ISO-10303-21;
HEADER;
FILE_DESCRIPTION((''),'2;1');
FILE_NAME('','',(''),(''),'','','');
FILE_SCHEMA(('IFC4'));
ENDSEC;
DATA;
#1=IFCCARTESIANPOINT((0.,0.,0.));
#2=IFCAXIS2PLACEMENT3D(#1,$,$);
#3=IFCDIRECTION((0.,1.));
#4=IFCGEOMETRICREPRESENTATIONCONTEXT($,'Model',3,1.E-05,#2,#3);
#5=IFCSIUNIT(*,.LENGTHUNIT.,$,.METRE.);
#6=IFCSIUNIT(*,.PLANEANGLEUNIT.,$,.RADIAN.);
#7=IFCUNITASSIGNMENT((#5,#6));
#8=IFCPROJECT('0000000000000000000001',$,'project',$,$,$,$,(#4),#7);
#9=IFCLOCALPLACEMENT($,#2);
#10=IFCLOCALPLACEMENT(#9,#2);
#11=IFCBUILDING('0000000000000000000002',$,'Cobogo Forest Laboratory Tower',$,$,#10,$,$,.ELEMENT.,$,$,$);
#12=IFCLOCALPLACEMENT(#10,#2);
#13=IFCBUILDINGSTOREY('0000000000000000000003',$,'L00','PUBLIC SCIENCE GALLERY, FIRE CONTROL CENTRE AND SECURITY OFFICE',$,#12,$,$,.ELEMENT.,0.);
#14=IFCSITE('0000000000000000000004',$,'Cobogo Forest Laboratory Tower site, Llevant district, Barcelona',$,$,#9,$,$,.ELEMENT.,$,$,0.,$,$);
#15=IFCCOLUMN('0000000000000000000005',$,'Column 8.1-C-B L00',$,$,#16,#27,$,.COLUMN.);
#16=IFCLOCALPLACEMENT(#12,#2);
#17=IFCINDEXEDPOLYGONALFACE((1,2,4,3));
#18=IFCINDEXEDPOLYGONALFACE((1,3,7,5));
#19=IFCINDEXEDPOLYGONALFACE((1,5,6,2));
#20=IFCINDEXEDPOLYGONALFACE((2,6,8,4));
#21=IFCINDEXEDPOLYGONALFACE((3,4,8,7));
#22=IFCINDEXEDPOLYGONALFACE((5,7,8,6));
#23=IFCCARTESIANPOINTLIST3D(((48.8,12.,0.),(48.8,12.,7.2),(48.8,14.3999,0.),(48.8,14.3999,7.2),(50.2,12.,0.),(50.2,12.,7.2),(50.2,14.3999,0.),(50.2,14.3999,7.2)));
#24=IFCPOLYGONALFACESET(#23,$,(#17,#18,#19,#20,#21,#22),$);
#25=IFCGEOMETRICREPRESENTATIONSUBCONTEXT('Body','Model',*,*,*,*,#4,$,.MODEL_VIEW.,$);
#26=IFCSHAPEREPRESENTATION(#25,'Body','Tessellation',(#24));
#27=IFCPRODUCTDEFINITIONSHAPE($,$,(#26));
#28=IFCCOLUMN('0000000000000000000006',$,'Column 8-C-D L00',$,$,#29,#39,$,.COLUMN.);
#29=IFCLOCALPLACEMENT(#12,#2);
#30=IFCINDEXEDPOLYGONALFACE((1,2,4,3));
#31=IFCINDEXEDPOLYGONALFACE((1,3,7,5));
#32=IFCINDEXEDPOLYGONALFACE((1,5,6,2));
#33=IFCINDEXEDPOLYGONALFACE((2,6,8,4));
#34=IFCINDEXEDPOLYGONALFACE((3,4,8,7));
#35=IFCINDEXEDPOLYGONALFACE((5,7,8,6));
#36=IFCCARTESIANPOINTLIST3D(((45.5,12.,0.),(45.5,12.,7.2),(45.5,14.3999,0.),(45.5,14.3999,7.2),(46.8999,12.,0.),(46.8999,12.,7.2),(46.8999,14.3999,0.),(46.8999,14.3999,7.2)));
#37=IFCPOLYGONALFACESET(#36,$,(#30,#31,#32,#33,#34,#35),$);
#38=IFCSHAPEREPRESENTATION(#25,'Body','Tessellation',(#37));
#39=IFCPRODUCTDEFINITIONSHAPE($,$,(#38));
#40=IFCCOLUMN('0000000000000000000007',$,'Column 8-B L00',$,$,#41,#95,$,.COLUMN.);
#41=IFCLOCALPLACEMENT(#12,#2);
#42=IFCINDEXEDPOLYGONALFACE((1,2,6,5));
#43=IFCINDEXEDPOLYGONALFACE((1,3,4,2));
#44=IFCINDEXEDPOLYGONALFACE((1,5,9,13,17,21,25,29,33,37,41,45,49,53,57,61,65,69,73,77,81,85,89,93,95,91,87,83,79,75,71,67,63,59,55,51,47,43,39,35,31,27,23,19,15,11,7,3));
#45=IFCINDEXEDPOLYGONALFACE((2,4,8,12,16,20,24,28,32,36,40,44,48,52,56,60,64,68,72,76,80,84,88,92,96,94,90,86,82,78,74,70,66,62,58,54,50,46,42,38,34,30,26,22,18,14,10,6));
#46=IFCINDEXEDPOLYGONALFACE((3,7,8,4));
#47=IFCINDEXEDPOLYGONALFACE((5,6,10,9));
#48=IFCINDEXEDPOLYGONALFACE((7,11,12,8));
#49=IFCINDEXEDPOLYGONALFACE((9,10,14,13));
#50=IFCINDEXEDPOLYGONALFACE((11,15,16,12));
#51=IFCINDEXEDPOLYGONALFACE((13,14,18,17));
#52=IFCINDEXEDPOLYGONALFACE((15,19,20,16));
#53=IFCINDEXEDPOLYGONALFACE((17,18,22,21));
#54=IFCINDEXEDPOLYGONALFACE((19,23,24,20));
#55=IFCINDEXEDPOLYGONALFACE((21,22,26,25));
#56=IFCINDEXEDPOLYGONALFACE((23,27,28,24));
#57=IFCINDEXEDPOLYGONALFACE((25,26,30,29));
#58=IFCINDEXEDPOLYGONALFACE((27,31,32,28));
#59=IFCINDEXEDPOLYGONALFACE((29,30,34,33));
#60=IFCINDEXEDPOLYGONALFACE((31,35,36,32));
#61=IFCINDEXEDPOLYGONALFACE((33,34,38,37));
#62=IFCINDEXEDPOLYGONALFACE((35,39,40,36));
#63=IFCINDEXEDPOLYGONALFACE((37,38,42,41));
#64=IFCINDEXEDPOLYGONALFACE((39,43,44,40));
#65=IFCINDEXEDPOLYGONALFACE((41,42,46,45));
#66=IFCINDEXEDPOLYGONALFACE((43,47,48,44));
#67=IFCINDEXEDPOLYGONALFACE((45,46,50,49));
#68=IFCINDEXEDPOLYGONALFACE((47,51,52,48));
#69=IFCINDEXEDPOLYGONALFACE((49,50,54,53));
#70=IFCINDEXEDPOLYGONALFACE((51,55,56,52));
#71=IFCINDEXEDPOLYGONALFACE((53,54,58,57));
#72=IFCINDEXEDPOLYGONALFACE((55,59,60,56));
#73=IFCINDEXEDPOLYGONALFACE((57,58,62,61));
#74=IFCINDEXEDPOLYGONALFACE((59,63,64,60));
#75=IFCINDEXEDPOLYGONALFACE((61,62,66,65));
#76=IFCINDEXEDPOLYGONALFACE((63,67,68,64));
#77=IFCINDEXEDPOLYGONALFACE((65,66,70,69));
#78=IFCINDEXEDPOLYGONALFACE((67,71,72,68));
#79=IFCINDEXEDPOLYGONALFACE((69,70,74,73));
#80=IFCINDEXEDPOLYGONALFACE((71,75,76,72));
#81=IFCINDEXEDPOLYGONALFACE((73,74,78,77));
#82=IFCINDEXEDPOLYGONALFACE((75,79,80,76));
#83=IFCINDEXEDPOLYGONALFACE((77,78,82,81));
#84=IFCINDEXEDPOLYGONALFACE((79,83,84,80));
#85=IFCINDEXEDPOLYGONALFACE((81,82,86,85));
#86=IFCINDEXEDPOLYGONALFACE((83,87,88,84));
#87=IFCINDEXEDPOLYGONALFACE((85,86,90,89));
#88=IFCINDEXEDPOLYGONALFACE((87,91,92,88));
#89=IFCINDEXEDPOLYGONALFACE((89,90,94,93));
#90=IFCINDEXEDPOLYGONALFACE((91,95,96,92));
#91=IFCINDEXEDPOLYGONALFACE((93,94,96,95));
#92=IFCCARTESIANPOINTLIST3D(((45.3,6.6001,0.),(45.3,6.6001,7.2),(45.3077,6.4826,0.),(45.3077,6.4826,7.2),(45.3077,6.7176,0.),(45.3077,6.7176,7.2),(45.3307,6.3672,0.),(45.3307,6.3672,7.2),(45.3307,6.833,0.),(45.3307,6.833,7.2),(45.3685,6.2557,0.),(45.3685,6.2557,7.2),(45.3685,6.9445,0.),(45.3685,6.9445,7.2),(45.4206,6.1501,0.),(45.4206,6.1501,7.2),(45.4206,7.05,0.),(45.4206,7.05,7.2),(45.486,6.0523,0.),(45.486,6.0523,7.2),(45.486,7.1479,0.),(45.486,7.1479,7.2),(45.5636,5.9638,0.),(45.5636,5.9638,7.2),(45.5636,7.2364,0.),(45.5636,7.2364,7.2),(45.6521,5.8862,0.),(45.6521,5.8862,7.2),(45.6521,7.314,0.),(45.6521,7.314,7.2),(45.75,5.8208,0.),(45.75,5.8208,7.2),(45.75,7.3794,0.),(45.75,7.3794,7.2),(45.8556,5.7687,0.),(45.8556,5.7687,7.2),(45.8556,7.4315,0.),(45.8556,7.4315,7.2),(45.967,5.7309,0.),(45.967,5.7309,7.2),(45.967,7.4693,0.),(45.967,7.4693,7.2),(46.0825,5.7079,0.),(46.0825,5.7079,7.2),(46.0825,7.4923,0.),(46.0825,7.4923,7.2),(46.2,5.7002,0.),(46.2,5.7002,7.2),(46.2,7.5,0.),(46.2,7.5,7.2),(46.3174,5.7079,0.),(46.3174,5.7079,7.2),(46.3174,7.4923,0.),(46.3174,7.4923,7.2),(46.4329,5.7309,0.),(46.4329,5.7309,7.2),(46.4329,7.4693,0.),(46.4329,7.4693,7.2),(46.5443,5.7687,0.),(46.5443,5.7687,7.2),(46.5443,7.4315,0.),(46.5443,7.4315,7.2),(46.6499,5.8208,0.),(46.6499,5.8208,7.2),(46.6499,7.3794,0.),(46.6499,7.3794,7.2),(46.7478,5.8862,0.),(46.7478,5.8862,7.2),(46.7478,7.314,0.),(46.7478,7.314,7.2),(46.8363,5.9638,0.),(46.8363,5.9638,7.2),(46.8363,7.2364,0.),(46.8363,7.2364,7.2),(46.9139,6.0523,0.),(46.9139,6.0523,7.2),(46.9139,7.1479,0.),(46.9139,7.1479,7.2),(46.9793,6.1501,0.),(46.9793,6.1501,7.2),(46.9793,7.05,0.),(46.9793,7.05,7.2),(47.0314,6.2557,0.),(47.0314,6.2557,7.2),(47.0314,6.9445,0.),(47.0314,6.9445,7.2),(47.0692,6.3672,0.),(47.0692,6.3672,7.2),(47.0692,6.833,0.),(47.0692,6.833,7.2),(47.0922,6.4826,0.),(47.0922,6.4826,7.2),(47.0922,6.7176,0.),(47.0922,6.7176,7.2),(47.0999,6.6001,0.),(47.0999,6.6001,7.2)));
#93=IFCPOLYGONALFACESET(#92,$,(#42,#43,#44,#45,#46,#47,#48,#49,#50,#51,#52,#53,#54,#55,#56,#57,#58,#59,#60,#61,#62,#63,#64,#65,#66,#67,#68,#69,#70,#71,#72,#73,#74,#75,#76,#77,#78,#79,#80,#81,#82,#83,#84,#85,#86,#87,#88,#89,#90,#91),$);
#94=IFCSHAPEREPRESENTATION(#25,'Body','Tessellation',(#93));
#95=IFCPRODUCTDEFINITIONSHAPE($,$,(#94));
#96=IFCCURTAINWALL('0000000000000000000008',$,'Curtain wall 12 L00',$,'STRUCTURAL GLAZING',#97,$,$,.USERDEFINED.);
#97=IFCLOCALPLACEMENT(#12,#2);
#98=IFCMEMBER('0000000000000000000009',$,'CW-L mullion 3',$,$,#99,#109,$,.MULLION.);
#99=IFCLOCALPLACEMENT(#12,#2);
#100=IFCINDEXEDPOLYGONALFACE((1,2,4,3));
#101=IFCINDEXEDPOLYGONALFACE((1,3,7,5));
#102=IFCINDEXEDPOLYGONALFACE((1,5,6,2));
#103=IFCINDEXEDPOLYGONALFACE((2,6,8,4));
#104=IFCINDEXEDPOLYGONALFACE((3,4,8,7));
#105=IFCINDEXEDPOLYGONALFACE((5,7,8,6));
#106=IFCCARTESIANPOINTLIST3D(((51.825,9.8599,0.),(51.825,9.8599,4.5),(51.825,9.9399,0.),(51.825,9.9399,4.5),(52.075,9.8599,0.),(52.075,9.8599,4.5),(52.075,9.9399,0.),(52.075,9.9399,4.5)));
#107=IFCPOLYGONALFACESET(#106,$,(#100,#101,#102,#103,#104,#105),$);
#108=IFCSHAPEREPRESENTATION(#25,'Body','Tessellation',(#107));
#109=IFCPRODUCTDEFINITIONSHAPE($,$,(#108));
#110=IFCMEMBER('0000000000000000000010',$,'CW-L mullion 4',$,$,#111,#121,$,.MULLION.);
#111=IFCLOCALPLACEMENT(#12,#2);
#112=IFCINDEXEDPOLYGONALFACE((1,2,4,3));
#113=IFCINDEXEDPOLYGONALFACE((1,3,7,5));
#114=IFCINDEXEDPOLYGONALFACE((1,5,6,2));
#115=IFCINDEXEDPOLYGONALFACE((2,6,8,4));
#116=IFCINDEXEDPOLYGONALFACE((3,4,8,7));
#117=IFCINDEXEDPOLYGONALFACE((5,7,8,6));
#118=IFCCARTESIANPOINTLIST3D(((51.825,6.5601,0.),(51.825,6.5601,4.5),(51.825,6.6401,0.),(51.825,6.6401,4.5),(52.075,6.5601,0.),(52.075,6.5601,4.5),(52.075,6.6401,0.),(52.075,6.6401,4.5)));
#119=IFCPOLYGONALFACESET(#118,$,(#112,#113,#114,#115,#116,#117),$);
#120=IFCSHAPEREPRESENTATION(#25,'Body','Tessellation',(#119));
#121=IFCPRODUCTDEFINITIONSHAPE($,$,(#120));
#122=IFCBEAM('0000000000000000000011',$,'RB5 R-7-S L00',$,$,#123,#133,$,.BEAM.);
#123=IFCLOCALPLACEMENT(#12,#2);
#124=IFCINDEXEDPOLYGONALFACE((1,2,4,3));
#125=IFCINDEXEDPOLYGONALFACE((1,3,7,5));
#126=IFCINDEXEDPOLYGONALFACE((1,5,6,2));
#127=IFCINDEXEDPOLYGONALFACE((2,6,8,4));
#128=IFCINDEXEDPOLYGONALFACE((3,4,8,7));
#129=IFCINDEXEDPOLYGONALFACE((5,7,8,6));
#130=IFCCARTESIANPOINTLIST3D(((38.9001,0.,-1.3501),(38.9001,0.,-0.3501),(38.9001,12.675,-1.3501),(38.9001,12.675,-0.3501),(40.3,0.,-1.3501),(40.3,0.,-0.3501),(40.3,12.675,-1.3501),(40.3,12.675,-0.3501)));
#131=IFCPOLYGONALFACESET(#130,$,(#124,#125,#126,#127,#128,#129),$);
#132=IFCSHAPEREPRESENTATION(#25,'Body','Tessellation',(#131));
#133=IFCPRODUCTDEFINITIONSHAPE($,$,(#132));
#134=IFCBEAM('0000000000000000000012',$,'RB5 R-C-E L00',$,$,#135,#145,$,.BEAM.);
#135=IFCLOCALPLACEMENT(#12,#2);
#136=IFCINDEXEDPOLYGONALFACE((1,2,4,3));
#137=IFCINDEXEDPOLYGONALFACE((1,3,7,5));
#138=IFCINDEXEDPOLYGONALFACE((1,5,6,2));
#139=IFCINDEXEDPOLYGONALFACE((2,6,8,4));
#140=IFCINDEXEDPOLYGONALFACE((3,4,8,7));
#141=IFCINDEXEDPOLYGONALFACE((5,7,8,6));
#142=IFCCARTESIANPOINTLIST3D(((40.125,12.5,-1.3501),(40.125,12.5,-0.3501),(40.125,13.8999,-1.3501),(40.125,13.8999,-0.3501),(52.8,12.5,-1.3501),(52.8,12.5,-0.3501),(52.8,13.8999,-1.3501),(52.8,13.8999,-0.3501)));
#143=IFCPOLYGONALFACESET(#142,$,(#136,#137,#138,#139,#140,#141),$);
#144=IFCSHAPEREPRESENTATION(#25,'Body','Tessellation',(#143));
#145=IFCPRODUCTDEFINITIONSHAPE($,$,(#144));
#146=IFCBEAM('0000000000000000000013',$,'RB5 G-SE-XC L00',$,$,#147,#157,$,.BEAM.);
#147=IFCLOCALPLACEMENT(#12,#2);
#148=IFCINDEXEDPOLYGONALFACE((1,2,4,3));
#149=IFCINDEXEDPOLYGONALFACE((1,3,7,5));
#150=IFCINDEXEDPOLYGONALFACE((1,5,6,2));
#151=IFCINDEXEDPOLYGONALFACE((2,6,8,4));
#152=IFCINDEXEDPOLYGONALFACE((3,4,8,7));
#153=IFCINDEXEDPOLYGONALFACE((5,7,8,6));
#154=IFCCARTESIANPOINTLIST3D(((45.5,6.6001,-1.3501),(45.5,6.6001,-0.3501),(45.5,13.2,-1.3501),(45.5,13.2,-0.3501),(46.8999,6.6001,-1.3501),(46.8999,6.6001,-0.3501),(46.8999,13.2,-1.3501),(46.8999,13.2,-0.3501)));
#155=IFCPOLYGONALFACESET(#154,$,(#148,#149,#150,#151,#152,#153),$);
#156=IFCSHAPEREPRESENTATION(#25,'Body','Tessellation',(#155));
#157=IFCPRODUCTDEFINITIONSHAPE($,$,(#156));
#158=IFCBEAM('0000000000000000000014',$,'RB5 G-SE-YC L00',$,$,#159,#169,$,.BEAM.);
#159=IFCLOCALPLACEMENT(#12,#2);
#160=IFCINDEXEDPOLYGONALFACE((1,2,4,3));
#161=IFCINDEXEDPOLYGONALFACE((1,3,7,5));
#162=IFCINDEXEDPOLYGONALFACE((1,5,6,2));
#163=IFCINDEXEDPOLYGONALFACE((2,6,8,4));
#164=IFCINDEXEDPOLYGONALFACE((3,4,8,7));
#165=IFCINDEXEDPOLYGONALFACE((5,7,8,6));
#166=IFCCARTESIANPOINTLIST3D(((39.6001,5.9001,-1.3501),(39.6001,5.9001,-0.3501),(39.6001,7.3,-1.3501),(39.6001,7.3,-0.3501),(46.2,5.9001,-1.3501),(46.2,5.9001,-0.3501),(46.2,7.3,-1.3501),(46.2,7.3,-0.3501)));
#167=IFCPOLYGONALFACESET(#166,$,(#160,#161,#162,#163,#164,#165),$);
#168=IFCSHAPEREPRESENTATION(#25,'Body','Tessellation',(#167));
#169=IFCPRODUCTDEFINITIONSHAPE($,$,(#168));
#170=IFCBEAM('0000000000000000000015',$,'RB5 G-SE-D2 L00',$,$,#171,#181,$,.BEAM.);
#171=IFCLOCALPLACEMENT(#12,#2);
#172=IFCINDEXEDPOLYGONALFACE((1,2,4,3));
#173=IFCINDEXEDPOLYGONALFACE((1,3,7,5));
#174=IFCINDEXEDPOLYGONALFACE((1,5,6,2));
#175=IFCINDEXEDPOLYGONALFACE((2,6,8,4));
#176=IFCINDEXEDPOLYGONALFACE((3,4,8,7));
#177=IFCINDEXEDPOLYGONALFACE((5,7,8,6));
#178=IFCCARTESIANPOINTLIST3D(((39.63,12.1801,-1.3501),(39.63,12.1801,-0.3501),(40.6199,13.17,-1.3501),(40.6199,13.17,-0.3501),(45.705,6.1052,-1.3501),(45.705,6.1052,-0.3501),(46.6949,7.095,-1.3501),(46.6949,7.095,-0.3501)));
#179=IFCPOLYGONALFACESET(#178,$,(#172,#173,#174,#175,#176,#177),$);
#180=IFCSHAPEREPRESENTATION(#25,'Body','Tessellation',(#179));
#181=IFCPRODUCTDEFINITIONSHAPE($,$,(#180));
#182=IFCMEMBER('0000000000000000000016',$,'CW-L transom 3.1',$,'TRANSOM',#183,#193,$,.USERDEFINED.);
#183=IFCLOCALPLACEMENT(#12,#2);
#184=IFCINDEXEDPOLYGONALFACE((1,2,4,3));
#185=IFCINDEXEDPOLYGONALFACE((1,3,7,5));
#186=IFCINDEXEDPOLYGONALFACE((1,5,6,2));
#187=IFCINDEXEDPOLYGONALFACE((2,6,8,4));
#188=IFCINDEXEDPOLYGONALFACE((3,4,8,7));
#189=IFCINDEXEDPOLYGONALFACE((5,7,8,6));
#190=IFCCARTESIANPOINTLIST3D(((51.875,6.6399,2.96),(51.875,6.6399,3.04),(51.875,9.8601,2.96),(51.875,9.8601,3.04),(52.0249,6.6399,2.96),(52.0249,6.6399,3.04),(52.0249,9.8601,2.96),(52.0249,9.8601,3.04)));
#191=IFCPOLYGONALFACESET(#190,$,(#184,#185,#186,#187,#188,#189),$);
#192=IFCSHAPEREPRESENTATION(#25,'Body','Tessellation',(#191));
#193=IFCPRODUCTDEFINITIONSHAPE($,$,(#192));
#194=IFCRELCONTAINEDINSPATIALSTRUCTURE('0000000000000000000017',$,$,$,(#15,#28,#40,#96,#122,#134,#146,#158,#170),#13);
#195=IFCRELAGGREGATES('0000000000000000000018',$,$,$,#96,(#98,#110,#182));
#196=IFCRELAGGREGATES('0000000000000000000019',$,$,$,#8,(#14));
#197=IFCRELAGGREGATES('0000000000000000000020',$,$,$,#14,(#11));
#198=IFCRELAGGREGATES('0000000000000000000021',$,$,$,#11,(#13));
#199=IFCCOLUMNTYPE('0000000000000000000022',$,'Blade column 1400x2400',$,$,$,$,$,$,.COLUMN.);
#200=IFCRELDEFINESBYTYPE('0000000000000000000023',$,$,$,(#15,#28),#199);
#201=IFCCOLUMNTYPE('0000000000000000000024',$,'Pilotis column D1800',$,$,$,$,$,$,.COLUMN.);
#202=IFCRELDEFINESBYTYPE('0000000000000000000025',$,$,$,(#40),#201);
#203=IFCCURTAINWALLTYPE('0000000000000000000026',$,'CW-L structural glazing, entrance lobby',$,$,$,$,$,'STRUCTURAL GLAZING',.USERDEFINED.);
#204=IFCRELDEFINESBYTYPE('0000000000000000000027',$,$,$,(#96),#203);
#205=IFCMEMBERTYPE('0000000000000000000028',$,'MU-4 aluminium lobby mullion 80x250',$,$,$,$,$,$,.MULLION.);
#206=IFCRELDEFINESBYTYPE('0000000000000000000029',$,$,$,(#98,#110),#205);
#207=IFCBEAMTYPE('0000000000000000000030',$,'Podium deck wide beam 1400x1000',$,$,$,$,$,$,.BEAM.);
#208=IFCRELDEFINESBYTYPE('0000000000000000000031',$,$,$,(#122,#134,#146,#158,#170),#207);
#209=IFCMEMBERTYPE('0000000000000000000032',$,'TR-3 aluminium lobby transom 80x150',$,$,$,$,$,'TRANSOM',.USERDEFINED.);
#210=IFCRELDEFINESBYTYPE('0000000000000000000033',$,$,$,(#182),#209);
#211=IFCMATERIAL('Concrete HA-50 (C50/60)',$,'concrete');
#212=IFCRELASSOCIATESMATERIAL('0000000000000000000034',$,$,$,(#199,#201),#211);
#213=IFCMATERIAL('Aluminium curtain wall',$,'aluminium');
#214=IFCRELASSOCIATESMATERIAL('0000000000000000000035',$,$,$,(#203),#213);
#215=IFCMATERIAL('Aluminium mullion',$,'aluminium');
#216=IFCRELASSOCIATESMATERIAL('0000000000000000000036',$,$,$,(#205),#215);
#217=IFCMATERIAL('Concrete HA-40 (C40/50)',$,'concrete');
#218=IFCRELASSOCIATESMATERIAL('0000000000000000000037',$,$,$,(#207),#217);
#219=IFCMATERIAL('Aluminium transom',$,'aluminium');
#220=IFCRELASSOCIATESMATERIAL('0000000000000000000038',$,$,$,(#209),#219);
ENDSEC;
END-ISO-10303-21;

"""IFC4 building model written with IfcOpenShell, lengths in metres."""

from ifc_helpers import new_model, si_unit, direction, frame, origin, origin_2d, place, context, subcontext, project, spatial, rectangle, circle, extrude, material, material_profile, profile_set, type_object, element, aggregate, save


model = new_model("IFC4")

# Units and contexts
model_context = context("Model", 3, precision=1e-05, world=origin(), true_north=direction((0.0, 1.0)))
body_context = subcontext(model_context, "Body", "Model", "MODEL_VIEW")
ifc_project = project(units=[si_unit("LENGTHUNIT", "METRE"), si_unit("PLANEANGLEUNIT", "RADIAN")], contexts=[model_context])

# Site, building, storey
site_placement = place(None, origin())
site = spatial("IfcSite", under=ifc_project, at=site_placement, Name="Cobogo Forest Laboratory Tower site, Llevant district, Barcelona", CompositionType="ELEMENT", RefElevation=0.0)
building_placement = place(site_placement, origin())
building = spatial("IfcBuilding", under=site, at=building_placement, Name="Cobogo Forest Laboratory Tower", CompositionType="ELEMENT")
storey_placement = place(building_placement, origin())
storey = spatial("IfcBuildingStorey", under=building, at=storey_placement, Name="L00", Description="PUBLIC SCIENCE GALLERY, FIRE CONTROL CENTRE AND SECURITY OFFICE", CompositionType="ELEMENT", Elevation=0.0)

# Columns
ifc_material_1 = material(Name="Concrete HA-50 (C50/60)", Category="concrete")
ifc_material_profile_1 = material_profile(ifc_material_1, rectangle(XDim=2.3999, YDim=1.3999, at=origin_2d()), Name="RC 1400x2400")
ifc_profile_set_1 = profile_set([ifc_material_profile_1], Name="Concrete HA-50 (C50/60)")
column_type_1 = type_object("IfcColumnType", Name="Blade column 1400x2400", PredefinedType="COLUMN", material=ifc_profile_set_1)
for number, where, z_axis, x_axis, name in (
    (1, (49.5, 13.2, 0.0), (0.0, 0.0, 1.0), (0.0, 1.0, 0.0), "Column 8.1-C-B L00"),
    (2, (46.2, 13.2, 0.0), (0.0, 0.0, 1.0), (0.0, 1.0, 0.0), "Column 8-C-D L00"),
):
    element("IfcColumn", number, at=place(storey_placement, frame(where, z_axis=z_axis, x_axis=x_axis)), inside=storey, type_object=column_type_1, Name=name, PredefinedType="COLUMN", context=body_context, shape_type="SweptSolid", body=[
        extrude(rectangle(XDim=2.3999, YDim=1.3999, at=origin_2d()), origin(), (0.0, 0.0, 1.0), 7.2),
    ])
ifc_material_profile_2 = material_profile(ifc_material_1, circle(Radius=0.8999, at=origin_2d()), Name="RC D1800")
ifc_profile_set_2 = profile_set([ifc_material_profile_2], Name="Concrete HA-50 (C50/60)")
column_type_2 = type_object("IfcColumnType", Name="Pilotis column D1800", PredefinedType="COLUMN", material=ifc_profile_set_2)
column_placement = place(storey_placement, frame((46.2, 6.6001, 0.0), z_axis=(0.0, 0.0, 1.0), x_axis=(1.0, 0.0, 0.0)))
element("IfcColumn", 3, at=column_placement, inside=storey, type_object=column_type_2, Name="Column 8-B L00", PredefinedType="COLUMN", context=body_context, shape_type="SweptSolid", body=[
    extrude(circle(Radius=0.8999, at=origin_2d()), origin(), (0.0, 0.0, 1.0), 7.2),
])

# Curtain wall, members
ifc_material_2 = material(Name="Aluminium curtain wall", Category="aluminium")
curtain_wall_type = type_object("IfcCurtainWallType", Name="CW-L structural glazing, entrance lobby", ElementType="STRUCTURAL GLAZING", PredefinedType="USERDEFINED", material=ifc_material_2)
curtain_wall_placement = place(storey_placement, origin())
curtain_wall = element("IfcCurtainWall", 4, at=curtain_wall_placement, inside=storey, type_object=curtain_wall_type, Name="Curtain wall 12 L00", ObjectType="STRUCTURAL GLAZING", PredefinedType="USERDEFINED")
ifc_material_3 = material(Name="Aluminium mullion", Category="aluminium")
ifc_material_profile_3 = material_profile(ifc_material_3, rectangle(XDim=0.0801, YDim=0.25, at=origin_2d()), Name="AL 80x250")
ifc_profile_set_3 = profile_set([ifc_material_profile_3], Name="Aluminium mullion")
member_type_1 = type_object("IfcMemberType", Name="MU-4 aluminium lobby mullion 80x250", PredefinedType="MULLION", material=ifc_profile_set_3)
member_1_placement = place(storey_placement, frame((51.95, 9.8999, 0.0), z_axis=(0.0, 0.0, 1.0), x_axis=(0.0, -1.0, 0.0)))
member_1 = element("IfcMember", 5, at=member_1_placement, type_object=member_type_1, Name="CW-L mullion 3", PredefinedType="MULLION", context=body_context, shape_type="SweptSolid", body=[
    extrude(rectangle(XDim=0.0801, YDim=0.25, at=origin_2d()), origin(), (0.0, 0.0, 1.0), 4.5),
])
member_2_placement = place(storey_placement, frame((51.95, 6.6001, 0.0), z_axis=(0.0, 0.0, 1.0), x_axis=(0.0, -1.0, 0.0)))
member_2 = element("IfcMember", 6, at=member_2_placement, type_object=member_type_1, Name="CW-L mullion 4", PredefinedType="MULLION", context=body_context, shape_type="SweptSolid", body=[
    extrude(rectangle(XDim=0.0801, YDim=0.25, at=origin_2d()), origin(), (0.0, 0.0, 1.0), 4.5),
])

# Beams
ifc_material_4 = material(Name="Concrete HA-40 (C40/50)", Category="concrete")
ifc_material_profile_4 = material_profile(ifc_material_4, rectangle(XDim=1.3999, YDim=1.0, at=origin_2d()), Name="RC 1400x1000")
ifc_profile_set_4 = profile_set([ifc_material_profile_4], Name="Concrete HA-40 (C40/50)")
beam_type = type_object("IfcBeamType", Name="Podium deck wide beam 1400x1000", PredefinedType="BEAM", material=ifc_profile_set_4)
for number, where, z_axis, x_axis, name in (
    (7, (39.6001, 12.675, -0.8501), (0.0, -1.0, 0.0), (1.0, 0.0, 0.0), "RB5 R-7-S L00"),
    (8, (40.125, 13.2, -0.8501), (1.0, 0.0, 0.0), (0.0, 1.0, 0.0), "RB5 R-C-E L00"),
):
    element("IfcBeam", number, at=place(storey_placement, frame(where, z_axis=z_axis, x_axis=x_axis)), inside=storey, type_object=beam_type, Name=name, PredefinedType="BEAM", context=body_context, shape_type="SweptSolid", body=[
        extrude(rectangle(XDim=1.3999, YDim=1.0, at=origin_2d()), origin(), (0.0, 0.0, 1.0), 12.675),
    ])
for number, where, z_axis, x_axis, name in (
    (9, (46.2, 6.6001, -0.8501), (0.0, 1.0, 0.0), (-1.0, 0.0, 0.0), "RB5 G-SE-XC L00"),
    (10, (46.2, 6.6001, -0.8501), (-1.0, 0.0, 0.0), (0.0, -1.0, 0.0), "RB5 G-SE-YC L00"),
):
    element("IfcBeam", number, at=place(storey_placement, frame(where, z_axis=z_axis, x_axis=x_axis)), inside=storey, type_object=beam_type, Name=name, PredefinedType="BEAM", context=body_context, shape_type="SweptSolid", body=[
        extrude(rectangle(XDim=1.3999, YDim=1.0, at=origin_2d()), origin(), (0.0, 0.0, 1.0), 6.5999),
    ])
beam_placement = place(storey_placement, frame((46.2, 6.6001, -0.8501), z_axis=(-0.707107, 0.707107, 0.0), x_axis=(-0.707107, -0.707107, 0.0)))
element("IfcBeam", 11, at=beam_placement, inside=storey, type_object=beam_type, Name="RB5 G-SE-D2 L00", PredefinedType="BEAM", context=body_context, shape_type="SweptSolid", body=[
    extrude(rectangle(XDim=1.3999, YDim=1.0, at=origin_2d()), origin(), (0.0, 0.0, 1.0), 8.5913),
])

# Member
ifc_material_5 = material(Name="Aluminium transom", Category="aluminium")
ifc_material_profile_5 = material_profile(ifc_material_5, rectangle(XDim=0.1499, YDim=0.0801, at=origin_2d()), Name="AL 80x150")
ifc_profile_set_5 = profile_set([ifc_material_profile_5], Name="Aluminium transom")
member_type_2 = type_object("IfcMemberType", Name="TR-3 aluminium lobby transom 80x150", ElementType="TRANSOM", PredefinedType="USERDEFINED", material=ifc_profile_set_5)
member_3_placement = place(storey_placement, frame((51.95, 9.8601, 3.0), z_axis=(0.0, -1.0, 0.0), x_axis=(1.0, 0.0, 0.0)))
member_3 = element("IfcMember", 12, at=member_3_placement, type_object=member_type_2, Name="CW-L transom 3.1", ObjectType="TRANSOM", PredefinedType="USERDEFINED", context=body_context, shape_type="SweptSolid", body=[
    extrude(rectangle(XDim=0.1499, YDim=0.0801, at=origin_2d()), origin(), (0.0, 0.0, 1.0), 3.2202),
])

aggregate(curtain_wall, [member_1, member_2, member_3])

save(model, "model.ifc")
